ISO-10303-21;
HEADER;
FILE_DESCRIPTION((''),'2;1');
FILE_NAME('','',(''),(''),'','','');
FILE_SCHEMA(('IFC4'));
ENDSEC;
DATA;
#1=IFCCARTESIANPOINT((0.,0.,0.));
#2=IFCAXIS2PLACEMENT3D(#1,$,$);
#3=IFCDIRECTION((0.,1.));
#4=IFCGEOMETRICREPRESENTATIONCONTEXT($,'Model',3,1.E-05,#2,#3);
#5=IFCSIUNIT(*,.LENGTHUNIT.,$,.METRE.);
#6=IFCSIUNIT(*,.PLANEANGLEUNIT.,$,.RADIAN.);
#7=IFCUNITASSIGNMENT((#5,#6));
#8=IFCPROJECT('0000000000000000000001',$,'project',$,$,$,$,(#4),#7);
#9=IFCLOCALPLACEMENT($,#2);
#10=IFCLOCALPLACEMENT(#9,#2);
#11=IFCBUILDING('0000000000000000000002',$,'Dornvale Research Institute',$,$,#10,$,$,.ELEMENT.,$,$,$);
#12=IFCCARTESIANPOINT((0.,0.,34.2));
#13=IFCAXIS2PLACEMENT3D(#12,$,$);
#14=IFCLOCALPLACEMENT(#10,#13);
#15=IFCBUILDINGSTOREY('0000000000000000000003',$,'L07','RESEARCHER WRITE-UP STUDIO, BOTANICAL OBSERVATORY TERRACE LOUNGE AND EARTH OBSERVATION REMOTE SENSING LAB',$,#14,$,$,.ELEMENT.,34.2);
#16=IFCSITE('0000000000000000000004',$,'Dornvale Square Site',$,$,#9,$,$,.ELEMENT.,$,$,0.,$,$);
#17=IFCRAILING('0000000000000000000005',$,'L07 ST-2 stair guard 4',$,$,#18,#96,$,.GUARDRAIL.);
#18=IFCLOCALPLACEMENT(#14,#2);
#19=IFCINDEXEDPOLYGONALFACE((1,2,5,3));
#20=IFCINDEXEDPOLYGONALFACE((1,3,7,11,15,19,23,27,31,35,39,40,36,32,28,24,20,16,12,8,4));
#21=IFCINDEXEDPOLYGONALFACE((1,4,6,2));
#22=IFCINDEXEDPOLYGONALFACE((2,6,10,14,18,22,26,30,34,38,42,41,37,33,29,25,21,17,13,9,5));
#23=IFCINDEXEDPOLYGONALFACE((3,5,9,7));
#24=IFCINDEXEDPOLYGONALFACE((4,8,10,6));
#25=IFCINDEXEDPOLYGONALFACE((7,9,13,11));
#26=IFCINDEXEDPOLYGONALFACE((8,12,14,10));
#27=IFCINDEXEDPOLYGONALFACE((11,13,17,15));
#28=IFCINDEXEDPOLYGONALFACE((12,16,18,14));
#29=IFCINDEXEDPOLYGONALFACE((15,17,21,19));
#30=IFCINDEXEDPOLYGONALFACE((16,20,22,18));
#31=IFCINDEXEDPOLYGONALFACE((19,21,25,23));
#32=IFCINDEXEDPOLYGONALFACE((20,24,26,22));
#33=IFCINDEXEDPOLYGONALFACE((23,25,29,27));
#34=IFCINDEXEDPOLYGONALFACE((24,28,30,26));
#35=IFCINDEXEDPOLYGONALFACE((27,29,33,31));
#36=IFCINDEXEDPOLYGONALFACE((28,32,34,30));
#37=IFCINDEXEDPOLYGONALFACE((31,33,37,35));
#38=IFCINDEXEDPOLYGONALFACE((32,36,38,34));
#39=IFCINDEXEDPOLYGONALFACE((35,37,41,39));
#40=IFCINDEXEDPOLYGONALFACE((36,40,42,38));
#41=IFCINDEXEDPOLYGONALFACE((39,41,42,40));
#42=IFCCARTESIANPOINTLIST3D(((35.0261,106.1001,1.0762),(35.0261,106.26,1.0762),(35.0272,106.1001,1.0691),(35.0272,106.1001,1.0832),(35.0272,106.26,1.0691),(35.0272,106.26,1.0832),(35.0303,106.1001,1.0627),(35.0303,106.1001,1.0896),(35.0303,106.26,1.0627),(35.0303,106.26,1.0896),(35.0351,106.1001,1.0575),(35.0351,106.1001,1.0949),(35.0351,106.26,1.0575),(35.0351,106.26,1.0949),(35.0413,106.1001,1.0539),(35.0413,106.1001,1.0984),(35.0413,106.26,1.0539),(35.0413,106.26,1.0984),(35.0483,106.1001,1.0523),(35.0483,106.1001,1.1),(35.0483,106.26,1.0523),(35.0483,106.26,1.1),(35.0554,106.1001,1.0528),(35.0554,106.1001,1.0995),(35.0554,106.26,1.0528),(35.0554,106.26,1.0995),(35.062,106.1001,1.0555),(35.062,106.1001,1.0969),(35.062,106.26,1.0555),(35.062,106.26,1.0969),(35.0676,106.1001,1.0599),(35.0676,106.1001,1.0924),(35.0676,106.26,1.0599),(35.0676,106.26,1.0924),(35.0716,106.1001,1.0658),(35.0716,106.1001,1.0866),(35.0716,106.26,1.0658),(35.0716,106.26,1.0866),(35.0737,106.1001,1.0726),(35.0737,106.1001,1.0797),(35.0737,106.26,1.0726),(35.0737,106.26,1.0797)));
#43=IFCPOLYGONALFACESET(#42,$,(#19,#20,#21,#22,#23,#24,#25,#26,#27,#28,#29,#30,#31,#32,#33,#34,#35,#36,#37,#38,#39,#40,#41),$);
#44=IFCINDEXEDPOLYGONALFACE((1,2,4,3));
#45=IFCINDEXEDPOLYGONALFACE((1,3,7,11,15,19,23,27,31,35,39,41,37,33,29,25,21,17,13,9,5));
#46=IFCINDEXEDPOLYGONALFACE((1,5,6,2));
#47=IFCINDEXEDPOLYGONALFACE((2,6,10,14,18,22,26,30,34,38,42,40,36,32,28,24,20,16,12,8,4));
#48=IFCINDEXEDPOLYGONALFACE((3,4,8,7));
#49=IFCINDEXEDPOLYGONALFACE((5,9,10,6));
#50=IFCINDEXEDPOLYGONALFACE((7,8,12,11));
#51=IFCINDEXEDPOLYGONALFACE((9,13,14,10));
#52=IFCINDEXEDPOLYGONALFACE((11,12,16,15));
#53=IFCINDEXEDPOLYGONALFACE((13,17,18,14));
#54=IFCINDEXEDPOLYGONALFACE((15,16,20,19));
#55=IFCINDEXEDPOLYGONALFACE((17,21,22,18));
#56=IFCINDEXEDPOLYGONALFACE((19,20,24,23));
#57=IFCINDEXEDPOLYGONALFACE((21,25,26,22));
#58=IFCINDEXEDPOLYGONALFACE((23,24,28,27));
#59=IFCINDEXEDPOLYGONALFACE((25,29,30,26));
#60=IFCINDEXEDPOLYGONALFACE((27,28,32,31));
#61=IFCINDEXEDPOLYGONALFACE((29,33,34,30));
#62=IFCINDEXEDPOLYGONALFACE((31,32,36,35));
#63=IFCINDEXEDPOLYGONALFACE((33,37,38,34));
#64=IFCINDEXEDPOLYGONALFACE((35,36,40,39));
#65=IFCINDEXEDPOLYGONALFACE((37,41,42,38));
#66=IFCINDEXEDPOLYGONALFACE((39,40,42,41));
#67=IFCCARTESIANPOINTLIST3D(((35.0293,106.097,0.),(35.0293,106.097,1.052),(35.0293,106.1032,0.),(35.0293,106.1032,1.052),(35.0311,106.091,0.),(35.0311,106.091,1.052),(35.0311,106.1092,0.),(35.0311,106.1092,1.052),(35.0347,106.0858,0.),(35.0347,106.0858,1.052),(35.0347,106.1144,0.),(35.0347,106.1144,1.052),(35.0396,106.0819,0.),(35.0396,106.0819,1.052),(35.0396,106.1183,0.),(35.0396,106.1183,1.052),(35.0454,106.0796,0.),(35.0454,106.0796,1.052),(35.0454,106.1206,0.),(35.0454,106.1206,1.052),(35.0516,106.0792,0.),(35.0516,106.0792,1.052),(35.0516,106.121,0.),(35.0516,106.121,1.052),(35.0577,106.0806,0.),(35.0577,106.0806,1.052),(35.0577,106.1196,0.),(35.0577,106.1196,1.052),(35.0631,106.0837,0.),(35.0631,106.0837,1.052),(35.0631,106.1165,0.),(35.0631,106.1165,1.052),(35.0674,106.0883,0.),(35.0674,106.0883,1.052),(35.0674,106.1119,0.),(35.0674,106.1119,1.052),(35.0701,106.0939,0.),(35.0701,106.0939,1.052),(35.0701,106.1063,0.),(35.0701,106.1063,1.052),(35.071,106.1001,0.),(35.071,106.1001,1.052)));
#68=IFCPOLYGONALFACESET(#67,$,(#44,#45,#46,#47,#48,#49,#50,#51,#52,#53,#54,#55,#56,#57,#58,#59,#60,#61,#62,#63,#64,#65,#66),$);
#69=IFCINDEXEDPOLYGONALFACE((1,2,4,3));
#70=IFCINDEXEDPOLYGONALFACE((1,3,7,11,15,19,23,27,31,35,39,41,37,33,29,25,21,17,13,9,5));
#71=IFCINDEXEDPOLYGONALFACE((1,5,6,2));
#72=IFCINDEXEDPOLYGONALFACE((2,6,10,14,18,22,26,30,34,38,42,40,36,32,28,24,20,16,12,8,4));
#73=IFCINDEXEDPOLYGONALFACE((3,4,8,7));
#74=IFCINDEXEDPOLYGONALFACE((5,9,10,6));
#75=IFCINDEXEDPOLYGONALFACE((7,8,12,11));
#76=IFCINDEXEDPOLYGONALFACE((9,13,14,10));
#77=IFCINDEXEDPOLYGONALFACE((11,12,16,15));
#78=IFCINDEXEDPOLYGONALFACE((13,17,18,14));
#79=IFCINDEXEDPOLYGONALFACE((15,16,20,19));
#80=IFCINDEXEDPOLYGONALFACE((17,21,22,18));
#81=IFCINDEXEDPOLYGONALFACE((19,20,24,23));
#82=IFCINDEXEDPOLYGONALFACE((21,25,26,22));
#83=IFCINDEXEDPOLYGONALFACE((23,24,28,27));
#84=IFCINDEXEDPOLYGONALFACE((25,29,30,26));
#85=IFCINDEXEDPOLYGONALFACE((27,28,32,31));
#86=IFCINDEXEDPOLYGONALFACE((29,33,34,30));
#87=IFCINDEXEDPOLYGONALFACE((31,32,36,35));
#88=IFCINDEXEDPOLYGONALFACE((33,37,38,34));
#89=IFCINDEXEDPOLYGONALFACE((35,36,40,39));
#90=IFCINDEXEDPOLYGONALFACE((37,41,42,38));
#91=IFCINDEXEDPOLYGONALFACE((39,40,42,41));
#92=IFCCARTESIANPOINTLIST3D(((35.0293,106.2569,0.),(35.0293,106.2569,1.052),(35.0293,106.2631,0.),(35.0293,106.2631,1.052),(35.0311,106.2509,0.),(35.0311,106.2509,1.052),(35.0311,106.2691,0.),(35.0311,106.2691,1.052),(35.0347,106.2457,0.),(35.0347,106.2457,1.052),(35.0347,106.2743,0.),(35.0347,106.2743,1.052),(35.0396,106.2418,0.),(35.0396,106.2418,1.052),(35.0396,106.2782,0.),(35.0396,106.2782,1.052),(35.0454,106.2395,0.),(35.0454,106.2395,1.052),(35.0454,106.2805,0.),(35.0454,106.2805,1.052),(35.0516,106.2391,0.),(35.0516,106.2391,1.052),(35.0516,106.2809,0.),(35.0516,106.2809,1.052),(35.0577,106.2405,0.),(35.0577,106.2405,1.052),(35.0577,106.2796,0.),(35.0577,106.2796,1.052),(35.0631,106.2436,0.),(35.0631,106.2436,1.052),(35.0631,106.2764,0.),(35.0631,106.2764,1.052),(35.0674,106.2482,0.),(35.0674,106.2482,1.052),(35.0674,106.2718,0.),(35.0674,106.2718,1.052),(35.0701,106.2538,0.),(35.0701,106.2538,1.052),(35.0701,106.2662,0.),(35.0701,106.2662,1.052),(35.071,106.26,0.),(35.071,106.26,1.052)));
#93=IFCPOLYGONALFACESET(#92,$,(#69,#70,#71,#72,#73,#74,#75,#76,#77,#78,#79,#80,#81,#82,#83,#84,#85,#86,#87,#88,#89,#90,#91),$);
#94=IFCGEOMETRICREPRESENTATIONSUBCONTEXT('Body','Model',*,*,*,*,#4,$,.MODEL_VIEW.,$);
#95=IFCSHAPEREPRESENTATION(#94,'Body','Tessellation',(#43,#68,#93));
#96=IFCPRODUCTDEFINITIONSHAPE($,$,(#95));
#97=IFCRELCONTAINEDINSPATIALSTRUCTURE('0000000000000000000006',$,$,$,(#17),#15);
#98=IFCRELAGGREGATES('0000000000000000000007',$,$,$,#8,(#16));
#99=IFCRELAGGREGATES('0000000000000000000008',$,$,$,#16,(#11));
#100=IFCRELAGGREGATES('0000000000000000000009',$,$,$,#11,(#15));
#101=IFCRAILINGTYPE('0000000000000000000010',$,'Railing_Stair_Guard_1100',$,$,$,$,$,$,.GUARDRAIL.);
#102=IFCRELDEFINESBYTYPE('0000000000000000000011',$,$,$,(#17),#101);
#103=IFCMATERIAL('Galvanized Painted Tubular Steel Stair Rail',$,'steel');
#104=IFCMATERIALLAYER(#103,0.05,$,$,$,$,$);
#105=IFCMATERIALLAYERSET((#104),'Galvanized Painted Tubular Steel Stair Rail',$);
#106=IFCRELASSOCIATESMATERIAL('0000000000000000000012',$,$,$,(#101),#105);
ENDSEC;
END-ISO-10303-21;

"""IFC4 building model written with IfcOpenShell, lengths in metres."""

from ifc_helpers import new_model, si_unit, direction, frame, origin, origin_2d, place, context, subcontext, project, spatial, circle, extrude, material, layer, layer_set, type_object, element, save


model = new_model("IFC4")

# Units and contexts
model_context = context("Model", 3, precision=1e-05, world=origin(), true_north=direction((0.0, 1.0)))
body_context = subcontext(model_context, "Body", "Model", "MODEL_VIEW")
ifc_project = project(units=[si_unit("LENGTHUNIT", "METRE"), si_unit("PLANEANGLEUNIT", "RADIAN")], contexts=[model_context])

# Site, building, storey
site_placement = place(None, origin())
site = spatial("IfcSite", under=ifc_project, at=site_placement, Name="Dornvale Square Site", CompositionType="ELEMENT", RefElevation=0.0)
building_placement = place(site_placement, origin())
building = spatial("IfcBuilding", under=site, at=building_placement, Name="Dornvale Research Institute", CompositionType="ELEMENT")
storey_placement = place(building_placement, frame((0.0, 0.0, 34.2)))
storey = spatial("IfcBuildingStorey", under=building, at=storey_placement, Name="L07", Description="RESEARCHER WRITE-UP STUDIO, BOTANICAL OBSERVATORY TERRACE LOUNGE AND EARTH OBSERVATION REMOTE SENSING LAB", CompositionType="ELEMENT", Elevation=34.2)

# Railing
ifc_material_1 = material(Name="Galvanized Painted Tubular Steel Stair Rail", Category="steel")
ifc_layer_1 = layer(ifc_material_1, 0.05)
ifc_layer_set_1 = layer_set([ifc_layer_1], Name="Galvanized Painted Tubular Steel Stair Rail")
railing_type_1 = type_object("IfcRailingType", Name="Railing_Stair_Guard_1100", PredefinedType="GUARDRAIL", material=ifc_layer_set_1)
railing_1_placement = place(storey_placement, frame((35.05, 106.1001, 0.0)))
element("IfcRailing", 1, at=railing_1_placement, inside=storey, type_object=railing_type_1, Name="L07 ST-2 stair guard 4", PredefinedType="GUARDRAIL", context=body_context, shape_type="SweptSolid", body=[
    extrude(circle(Radius=0.0239, at=origin_2d()), frame((0.0, 0.0, 1.0762), z_axis=(0.0, 1.0, 0.0), x_axis=(-1.0, 0.0, 0.0)), (0.0, 0.0, 1.0), 0.1599),
    extrude(circle(Radius=0.021, at=origin_2d()), origin(), (0.0, 0.0, 1.0), 1.052),
    extrude(circle(Radius=0.021, at=origin_2d()), frame((0.0, 0.1599, 0.0)), (0.0, 0.0, 1.0), 1.052),
])

save(model, "model.ifc")
